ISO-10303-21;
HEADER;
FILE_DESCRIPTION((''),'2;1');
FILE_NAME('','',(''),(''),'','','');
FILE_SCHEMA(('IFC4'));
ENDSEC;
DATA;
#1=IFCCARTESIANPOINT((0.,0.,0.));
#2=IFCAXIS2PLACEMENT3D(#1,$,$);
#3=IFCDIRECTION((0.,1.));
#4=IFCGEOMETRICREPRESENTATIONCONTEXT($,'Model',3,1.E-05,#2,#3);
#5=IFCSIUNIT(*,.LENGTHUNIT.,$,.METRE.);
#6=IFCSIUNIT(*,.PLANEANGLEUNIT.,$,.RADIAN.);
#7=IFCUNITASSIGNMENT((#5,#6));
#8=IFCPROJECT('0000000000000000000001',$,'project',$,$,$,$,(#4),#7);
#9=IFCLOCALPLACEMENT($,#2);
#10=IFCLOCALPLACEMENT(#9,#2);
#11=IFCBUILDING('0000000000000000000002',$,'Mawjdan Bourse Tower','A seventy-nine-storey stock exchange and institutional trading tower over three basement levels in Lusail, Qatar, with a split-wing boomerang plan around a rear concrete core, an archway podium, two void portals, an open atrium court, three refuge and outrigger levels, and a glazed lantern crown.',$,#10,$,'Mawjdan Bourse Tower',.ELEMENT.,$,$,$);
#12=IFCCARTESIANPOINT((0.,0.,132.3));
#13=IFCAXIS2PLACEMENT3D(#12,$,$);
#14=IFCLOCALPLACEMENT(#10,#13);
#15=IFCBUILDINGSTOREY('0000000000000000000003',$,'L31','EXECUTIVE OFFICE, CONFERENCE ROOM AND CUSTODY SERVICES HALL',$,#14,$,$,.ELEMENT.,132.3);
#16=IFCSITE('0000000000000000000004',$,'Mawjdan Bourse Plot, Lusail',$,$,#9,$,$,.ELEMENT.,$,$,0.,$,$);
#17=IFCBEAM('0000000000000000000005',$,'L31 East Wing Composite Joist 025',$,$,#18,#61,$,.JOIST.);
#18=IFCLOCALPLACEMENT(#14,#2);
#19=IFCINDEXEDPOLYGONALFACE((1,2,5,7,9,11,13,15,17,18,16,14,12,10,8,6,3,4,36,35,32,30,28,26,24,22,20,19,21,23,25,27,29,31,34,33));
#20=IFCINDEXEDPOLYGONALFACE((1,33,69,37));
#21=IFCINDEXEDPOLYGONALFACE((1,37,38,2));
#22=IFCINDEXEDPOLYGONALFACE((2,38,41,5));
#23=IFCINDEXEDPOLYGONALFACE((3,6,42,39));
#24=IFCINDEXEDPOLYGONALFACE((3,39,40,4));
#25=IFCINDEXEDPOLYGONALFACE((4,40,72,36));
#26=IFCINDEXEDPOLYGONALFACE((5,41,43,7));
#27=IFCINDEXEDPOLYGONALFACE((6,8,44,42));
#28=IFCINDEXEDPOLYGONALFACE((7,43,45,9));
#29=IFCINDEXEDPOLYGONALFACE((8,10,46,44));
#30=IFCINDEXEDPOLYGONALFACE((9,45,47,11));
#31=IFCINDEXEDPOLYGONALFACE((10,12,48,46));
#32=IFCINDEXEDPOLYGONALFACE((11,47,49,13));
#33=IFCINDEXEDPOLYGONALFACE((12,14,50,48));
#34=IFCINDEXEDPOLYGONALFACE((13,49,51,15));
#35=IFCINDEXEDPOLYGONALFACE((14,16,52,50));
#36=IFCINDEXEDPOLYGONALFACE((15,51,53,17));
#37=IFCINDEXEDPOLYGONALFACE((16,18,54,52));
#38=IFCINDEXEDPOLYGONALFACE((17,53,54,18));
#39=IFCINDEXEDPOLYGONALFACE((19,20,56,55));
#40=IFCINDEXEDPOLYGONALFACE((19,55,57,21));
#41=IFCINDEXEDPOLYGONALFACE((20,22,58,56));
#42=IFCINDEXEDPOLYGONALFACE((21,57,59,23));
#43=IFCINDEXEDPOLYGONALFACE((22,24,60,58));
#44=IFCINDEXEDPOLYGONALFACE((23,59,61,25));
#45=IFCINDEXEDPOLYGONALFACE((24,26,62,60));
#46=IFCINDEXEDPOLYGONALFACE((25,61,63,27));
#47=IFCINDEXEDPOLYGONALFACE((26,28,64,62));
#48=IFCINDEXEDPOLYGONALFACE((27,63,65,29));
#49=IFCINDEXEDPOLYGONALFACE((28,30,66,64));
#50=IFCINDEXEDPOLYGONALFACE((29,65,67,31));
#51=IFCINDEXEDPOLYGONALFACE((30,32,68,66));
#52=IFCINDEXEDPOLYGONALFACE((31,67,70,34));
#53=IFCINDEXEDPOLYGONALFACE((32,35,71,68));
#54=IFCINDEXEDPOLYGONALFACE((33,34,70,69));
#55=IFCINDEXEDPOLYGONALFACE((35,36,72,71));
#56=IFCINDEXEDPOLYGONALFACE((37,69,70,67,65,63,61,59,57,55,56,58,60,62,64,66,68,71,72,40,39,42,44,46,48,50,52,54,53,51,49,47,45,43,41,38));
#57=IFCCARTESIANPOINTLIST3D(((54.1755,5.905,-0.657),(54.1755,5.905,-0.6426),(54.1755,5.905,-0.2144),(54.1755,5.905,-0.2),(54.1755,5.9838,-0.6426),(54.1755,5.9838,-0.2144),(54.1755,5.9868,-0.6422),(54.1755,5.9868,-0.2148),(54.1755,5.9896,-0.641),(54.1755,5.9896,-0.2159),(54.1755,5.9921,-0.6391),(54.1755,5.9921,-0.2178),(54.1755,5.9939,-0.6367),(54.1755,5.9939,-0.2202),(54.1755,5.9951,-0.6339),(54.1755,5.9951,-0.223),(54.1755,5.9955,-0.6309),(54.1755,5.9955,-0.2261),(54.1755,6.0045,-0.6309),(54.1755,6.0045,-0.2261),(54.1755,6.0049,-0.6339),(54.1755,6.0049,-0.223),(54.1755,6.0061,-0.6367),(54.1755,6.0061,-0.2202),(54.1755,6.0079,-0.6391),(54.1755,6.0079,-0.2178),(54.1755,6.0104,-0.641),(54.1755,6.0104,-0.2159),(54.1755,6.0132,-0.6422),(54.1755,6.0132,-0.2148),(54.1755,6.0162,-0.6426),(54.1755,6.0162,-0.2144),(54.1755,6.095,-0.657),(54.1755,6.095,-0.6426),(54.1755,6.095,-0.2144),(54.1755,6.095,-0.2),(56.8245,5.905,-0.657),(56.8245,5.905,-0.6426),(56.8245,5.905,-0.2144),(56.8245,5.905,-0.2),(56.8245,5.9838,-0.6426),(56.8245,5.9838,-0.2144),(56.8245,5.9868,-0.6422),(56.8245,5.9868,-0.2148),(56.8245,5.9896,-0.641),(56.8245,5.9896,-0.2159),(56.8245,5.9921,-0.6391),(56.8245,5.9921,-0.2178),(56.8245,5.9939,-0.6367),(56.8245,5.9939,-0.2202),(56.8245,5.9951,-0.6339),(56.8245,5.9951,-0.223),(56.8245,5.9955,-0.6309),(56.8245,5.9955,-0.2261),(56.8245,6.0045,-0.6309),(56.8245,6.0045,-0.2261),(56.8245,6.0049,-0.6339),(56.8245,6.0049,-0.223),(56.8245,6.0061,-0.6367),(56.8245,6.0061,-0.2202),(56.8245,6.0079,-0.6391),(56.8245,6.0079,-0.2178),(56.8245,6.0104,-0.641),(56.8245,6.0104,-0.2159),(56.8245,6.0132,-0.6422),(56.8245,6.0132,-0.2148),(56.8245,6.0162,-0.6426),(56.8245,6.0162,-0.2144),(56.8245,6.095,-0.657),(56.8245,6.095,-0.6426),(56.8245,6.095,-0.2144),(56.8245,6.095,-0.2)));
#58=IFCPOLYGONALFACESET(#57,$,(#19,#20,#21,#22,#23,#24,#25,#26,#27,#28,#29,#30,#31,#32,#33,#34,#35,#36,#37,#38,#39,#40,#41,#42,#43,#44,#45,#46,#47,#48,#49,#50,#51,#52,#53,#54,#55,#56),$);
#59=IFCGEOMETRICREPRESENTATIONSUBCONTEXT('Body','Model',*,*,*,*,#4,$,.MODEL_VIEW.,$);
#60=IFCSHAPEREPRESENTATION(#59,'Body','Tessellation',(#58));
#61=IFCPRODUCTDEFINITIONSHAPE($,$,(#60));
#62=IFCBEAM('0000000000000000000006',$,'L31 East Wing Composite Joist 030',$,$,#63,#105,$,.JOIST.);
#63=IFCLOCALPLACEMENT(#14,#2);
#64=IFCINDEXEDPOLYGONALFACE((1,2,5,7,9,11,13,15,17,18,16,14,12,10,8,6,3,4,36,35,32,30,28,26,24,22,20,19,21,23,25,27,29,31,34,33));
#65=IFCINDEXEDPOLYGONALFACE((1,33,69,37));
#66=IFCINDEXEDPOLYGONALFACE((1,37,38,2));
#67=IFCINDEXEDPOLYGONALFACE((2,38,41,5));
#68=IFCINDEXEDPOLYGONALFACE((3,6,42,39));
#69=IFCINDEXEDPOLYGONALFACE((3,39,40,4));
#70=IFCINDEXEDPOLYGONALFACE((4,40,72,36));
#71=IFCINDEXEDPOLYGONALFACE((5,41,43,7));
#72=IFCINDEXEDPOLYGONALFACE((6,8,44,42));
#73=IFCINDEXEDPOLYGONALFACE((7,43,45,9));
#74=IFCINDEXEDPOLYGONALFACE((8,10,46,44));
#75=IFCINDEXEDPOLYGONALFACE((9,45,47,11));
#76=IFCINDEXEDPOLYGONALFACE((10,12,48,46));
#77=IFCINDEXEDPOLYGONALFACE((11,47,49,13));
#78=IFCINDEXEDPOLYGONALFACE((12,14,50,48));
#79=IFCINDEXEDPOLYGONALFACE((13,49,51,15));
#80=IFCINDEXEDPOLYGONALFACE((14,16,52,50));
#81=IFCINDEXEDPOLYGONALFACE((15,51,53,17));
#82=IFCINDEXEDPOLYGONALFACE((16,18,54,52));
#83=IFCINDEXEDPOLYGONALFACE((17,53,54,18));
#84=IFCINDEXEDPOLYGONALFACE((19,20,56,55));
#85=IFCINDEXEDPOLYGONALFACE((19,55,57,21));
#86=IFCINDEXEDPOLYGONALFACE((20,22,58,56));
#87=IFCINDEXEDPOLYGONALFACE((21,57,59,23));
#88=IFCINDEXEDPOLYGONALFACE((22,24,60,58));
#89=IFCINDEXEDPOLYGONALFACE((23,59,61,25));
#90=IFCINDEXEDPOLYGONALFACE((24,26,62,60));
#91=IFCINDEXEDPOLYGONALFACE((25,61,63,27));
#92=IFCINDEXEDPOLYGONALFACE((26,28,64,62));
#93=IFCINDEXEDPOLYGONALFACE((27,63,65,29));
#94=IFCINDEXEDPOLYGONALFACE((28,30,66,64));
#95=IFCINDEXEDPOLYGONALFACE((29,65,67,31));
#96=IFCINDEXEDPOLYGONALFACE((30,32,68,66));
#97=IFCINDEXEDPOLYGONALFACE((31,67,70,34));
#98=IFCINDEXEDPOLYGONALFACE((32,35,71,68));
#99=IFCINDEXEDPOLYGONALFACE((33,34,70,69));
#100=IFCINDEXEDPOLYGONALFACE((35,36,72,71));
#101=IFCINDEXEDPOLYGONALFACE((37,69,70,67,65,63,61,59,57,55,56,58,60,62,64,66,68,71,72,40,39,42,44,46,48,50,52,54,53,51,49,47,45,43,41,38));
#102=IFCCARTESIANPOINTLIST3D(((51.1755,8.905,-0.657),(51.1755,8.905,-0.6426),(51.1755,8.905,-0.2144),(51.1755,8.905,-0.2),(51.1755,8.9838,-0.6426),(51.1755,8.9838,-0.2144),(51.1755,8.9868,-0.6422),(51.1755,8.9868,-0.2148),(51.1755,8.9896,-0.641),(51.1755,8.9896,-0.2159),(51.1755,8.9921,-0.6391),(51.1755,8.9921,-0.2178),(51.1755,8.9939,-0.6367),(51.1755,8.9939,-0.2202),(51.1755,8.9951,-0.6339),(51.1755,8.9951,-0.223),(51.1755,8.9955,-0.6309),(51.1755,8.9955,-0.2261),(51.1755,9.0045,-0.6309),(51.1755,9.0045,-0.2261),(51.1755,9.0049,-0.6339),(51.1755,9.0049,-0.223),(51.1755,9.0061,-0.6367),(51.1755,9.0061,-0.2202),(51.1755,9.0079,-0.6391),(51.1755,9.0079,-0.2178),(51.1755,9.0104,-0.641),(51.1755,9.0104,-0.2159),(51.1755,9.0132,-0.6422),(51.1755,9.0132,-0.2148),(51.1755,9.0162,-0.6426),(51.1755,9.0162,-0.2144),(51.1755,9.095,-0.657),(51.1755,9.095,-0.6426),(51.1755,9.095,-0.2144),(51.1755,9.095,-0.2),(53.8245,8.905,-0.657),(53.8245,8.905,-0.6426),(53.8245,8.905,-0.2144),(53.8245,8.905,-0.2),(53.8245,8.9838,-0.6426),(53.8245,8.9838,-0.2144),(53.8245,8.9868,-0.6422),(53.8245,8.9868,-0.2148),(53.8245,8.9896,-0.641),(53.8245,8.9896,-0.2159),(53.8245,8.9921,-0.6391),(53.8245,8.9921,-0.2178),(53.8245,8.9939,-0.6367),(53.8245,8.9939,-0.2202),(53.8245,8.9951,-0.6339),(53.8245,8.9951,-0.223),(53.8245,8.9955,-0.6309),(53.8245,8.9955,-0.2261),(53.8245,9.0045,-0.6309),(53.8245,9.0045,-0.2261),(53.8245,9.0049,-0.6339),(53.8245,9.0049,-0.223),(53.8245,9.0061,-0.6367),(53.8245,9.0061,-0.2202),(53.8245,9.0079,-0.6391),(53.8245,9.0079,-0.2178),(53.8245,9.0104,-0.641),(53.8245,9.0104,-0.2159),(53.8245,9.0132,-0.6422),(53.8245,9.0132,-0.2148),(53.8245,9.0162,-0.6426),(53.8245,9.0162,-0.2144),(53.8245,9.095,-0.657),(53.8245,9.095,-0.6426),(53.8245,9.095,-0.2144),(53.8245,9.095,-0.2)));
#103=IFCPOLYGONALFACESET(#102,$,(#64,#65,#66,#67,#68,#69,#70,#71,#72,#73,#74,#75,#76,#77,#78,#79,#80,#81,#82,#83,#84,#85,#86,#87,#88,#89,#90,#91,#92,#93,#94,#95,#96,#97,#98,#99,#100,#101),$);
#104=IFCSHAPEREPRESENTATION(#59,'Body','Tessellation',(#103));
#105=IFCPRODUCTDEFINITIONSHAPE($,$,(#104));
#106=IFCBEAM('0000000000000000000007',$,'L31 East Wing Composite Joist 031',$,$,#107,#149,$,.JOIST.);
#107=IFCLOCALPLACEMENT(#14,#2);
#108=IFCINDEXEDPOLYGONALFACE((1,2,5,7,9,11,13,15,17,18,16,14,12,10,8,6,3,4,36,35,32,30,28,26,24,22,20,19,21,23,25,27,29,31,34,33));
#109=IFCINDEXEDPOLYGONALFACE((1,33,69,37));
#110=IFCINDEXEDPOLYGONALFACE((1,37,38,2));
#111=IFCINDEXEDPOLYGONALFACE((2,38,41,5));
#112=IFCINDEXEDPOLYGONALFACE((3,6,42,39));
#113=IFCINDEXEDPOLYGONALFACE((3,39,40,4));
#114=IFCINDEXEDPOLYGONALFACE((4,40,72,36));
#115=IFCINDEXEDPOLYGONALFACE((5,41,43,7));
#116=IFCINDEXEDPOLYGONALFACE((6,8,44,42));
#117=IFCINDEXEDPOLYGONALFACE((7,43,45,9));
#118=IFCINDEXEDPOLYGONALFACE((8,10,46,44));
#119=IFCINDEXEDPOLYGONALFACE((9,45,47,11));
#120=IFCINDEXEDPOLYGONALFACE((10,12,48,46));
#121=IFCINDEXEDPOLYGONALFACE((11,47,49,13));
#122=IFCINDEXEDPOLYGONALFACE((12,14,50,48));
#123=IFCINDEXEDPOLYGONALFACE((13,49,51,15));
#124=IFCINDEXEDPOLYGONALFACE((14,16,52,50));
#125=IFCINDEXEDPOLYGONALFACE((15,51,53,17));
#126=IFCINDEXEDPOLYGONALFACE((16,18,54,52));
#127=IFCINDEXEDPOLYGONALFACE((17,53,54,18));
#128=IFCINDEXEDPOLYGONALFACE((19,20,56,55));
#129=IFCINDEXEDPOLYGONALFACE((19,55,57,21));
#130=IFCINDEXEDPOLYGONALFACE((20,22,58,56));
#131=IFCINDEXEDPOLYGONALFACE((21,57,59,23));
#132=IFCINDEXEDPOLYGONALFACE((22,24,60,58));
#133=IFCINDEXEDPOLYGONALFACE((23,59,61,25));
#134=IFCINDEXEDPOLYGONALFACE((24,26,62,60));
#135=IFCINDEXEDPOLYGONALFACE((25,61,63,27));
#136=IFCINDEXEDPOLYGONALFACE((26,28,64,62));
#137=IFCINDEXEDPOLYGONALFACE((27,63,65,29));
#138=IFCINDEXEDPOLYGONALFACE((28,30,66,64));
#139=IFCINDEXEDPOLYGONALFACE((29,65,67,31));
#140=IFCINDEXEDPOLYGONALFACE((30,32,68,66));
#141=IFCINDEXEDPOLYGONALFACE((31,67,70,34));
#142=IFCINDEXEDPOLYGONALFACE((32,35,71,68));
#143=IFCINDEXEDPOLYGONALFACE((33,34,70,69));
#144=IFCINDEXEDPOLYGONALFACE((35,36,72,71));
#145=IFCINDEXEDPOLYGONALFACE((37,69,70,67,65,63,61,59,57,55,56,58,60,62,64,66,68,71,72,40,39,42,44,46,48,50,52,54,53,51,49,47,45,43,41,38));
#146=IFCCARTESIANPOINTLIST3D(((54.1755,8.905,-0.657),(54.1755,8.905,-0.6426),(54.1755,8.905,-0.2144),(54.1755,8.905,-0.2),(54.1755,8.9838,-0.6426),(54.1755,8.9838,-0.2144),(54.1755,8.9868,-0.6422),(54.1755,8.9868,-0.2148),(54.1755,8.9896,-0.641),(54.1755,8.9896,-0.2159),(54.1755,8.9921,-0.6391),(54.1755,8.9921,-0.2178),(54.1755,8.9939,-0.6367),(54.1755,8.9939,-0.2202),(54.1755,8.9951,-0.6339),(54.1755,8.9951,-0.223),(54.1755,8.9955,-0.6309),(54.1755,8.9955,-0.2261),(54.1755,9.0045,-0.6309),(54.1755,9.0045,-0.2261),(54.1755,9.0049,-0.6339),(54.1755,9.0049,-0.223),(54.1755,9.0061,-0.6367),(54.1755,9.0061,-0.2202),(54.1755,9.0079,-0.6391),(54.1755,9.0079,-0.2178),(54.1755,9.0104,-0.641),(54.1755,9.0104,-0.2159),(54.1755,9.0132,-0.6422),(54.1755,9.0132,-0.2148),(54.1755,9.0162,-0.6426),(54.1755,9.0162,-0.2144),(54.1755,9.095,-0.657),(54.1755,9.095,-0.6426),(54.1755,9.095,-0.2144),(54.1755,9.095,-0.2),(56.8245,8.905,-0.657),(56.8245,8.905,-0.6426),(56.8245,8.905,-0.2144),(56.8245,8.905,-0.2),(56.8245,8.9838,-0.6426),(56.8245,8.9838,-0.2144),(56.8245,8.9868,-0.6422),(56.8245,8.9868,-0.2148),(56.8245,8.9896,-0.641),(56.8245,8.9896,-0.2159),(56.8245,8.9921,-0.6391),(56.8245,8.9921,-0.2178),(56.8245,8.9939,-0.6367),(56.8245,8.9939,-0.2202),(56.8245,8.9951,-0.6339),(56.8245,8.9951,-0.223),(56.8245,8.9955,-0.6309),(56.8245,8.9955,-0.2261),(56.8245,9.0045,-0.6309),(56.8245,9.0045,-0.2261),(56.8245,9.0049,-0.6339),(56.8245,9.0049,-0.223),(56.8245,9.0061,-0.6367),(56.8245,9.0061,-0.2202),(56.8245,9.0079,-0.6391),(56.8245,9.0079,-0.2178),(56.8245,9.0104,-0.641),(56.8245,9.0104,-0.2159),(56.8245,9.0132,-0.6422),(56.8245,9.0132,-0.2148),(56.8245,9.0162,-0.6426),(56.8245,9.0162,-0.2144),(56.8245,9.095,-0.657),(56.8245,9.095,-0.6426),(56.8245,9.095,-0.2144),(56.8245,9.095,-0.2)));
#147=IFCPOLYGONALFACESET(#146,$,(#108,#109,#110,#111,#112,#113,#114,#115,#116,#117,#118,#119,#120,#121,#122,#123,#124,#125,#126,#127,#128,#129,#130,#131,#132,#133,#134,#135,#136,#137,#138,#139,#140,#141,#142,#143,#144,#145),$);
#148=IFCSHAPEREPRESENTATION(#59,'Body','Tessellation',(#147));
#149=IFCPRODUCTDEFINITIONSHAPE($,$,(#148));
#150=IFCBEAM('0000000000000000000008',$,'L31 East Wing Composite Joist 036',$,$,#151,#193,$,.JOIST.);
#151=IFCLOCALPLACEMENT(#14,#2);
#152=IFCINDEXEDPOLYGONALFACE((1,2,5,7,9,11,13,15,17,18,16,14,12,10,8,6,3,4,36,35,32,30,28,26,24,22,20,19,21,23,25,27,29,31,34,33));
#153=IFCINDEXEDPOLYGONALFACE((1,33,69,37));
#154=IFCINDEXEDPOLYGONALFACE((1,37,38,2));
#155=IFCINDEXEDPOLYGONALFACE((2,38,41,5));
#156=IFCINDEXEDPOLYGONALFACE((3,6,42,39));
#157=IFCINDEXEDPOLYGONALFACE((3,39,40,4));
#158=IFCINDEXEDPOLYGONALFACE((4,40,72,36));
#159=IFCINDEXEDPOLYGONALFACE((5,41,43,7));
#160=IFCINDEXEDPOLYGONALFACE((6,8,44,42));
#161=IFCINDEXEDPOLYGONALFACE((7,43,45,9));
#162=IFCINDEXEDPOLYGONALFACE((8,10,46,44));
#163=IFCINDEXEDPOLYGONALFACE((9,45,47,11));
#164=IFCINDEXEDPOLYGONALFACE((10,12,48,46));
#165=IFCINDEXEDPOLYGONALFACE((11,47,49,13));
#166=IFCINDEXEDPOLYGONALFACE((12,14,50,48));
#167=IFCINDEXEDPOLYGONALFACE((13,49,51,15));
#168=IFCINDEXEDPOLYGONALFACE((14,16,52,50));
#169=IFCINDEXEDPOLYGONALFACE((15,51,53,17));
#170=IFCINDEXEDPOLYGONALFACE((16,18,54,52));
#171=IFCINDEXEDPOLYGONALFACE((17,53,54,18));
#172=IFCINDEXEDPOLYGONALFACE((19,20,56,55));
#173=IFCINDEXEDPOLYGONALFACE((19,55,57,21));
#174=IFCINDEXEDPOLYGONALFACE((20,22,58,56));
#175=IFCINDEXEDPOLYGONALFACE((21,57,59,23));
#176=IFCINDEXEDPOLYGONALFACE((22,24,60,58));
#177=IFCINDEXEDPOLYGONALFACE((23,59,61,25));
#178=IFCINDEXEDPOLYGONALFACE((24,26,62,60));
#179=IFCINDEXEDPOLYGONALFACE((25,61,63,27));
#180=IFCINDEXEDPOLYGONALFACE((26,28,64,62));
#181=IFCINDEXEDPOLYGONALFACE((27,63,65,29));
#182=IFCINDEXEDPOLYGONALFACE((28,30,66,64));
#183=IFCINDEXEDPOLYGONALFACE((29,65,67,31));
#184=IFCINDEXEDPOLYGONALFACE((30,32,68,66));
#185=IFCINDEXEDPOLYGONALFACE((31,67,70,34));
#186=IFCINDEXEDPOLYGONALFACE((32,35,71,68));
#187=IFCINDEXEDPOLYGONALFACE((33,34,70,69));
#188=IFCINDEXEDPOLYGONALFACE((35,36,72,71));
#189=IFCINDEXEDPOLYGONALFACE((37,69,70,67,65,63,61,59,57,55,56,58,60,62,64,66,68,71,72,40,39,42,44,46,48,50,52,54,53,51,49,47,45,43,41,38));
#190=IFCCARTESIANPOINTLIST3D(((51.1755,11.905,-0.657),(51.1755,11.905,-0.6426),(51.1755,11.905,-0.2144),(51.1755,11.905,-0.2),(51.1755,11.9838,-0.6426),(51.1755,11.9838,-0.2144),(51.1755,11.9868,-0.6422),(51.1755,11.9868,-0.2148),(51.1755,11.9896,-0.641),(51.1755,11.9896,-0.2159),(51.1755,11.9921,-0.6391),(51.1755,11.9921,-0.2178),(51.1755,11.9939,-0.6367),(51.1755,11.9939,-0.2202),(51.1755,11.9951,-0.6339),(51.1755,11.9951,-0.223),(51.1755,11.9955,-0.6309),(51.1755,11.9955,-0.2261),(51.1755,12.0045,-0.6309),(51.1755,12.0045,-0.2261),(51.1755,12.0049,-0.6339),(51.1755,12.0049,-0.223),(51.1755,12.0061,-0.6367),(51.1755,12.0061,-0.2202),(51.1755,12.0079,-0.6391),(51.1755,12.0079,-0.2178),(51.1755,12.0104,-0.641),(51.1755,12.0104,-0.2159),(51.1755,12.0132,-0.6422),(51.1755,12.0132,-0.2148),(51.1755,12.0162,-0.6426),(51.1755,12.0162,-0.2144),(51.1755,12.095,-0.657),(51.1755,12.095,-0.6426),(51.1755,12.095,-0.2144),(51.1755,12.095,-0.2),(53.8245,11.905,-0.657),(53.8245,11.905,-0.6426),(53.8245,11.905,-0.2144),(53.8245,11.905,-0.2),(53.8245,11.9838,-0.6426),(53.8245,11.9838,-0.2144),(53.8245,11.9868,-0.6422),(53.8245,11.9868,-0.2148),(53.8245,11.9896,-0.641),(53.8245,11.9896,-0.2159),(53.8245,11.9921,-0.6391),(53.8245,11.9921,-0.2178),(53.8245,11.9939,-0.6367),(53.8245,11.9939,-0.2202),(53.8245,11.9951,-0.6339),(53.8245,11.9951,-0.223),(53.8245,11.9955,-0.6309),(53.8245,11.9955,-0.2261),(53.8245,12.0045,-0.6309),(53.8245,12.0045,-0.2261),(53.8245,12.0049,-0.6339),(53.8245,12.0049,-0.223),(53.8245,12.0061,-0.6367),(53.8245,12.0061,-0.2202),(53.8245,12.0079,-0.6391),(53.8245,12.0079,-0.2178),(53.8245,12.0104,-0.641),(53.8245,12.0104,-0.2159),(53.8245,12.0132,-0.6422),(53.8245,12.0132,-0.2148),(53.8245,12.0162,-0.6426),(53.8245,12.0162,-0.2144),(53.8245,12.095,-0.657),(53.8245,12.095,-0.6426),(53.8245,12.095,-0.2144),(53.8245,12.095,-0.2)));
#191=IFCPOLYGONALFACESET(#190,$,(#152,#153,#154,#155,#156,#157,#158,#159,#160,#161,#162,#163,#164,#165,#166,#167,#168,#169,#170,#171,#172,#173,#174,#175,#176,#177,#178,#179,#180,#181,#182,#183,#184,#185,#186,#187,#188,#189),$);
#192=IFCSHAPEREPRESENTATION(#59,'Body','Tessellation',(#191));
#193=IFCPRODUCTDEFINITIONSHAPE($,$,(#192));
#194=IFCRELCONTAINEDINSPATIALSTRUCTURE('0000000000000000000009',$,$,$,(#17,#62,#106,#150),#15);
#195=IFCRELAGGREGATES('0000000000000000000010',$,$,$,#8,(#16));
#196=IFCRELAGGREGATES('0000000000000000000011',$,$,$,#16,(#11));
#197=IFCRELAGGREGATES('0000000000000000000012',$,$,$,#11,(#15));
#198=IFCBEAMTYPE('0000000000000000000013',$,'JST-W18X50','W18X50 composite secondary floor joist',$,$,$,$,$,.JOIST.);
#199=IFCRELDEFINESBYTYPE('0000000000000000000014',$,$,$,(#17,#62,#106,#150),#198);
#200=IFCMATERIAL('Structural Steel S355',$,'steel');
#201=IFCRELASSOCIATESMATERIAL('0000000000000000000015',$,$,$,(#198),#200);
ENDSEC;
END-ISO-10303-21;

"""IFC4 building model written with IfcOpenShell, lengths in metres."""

from ifc_helpers import new_model, si_unit, direction, frame, origin, origin_2d, place, context, subcontext, project, spatial, i_section, extrude, material, material_profile, profile_set, type_object, element, save


model = new_model("IFC4")

# Units and contexts
model_context = context("Model", 3, precision=1e-05, world=origin(), true_north=direction((0.0, 1.0)))
body_context = subcontext(model_context, "Body", "Model", "MODEL_VIEW")
ifc_project = project(units=[si_unit("LENGTHUNIT", "METRE"), si_unit("PLANEANGLEUNIT", "RADIAN")], contexts=[model_context])

# Site, building, storey
site_placement = place(None, origin())
site = spatial("IfcSite", under=ifc_project, at=site_placement, Name="Mawjdan Bourse Plot, Lusail", CompositionType="ELEMENT", RefElevation=0.0)
building_placement = place(site_placement, origin())
building = spatial("IfcBuilding", under=site, at=building_placement, Name="Mawjdan Bourse Tower", Description="A seventy-nine-storey stock exchange and institutional trading tower over three basement levels in Lusail, Qatar, with a split-wing boomerang plan around a rear concrete core, an archway podium, two void portals, an open atrium court, three refuge and outrigger levels, and a glazed lantern crown.", LongName="Mawjdan Bourse Tower", CompositionType="ELEMENT")
storey_placement = place(building_placement, frame((0.0, 0.0, 132.3)))
storey = spatial("IfcBuildingStorey", under=building, at=storey_placement, Name="L31", Description="EXECUTIVE OFFICE, CONFERENCE ROOM AND CUSTODY SERVICES HALL", CompositionType="ELEMENT", Elevation=132.3)

# Beams
ifc_material_1 = material(Name="Structural Steel S355", Category="steel")
ifc_material_profile_1 = material_profile(ifc_material_1, i_section(OverallWidth=0.1899, OverallDepth=0.457, WebThickness=0.009, FlangeThickness=0.0144, FilletRadius=0.0117, at=origin_2d()), Name="W18X50")
ifc_profile_set_1 = profile_set([ifc_material_profile_1], Name="Structural Steel S355")
beam_type_1 = type_object("IfcBeamType", Name="JST-W18X50", Description="W18X50 composite secondary floor joist", PredefinedType="JOIST", material=ifc_profile_set_1)
for number, where, z_axis, x_axis, name in (
    (1, (54.1755, 6.0, -0.4285), (1.0, 0.0, 0.0), (0.0, 1.0, 0.0), "L31 East Wing Composite Joist 025"),
    (2, (51.1755, 9.0, -0.4285), (1.0, 0.0, 0.0), (0.0, 1.0, 0.0), "L31 East Wing Composite Joist 030"),
    (3, (54.1755, 9.0, -0.4285), (1.0, 0.0, 0.0), (0.0, 1.0, 0.0), "L31 East Wing Composite Joist 031"),
    (4, (51.1755, 12.0, -0.4285), (1.0, 0.0, 0.0), (0.0, 1.0, 0.0), "L31 East Wing Composite Joist 036"),
):
    element("IfcBeam", number, at=place(storey_placement, frame(where, z_axis=z_axis, x_axis=x_axis)), inside=storey, type_object=beam_type_1, Name=name, PredefinedType="JOIST", context=body_context, shape_type="SweptSolid", body=[
        extrude(i_section(OverallWidth=0.1899, OverallDepth=0.457, WebThickness=0.009, FlangeThickness=0.0144, FilletRadius=0.0117, at=origin_2d()), origin(), (0.0, 0.0, 1.0), 2.6489),
    ])

save(model, "model.ifc")
